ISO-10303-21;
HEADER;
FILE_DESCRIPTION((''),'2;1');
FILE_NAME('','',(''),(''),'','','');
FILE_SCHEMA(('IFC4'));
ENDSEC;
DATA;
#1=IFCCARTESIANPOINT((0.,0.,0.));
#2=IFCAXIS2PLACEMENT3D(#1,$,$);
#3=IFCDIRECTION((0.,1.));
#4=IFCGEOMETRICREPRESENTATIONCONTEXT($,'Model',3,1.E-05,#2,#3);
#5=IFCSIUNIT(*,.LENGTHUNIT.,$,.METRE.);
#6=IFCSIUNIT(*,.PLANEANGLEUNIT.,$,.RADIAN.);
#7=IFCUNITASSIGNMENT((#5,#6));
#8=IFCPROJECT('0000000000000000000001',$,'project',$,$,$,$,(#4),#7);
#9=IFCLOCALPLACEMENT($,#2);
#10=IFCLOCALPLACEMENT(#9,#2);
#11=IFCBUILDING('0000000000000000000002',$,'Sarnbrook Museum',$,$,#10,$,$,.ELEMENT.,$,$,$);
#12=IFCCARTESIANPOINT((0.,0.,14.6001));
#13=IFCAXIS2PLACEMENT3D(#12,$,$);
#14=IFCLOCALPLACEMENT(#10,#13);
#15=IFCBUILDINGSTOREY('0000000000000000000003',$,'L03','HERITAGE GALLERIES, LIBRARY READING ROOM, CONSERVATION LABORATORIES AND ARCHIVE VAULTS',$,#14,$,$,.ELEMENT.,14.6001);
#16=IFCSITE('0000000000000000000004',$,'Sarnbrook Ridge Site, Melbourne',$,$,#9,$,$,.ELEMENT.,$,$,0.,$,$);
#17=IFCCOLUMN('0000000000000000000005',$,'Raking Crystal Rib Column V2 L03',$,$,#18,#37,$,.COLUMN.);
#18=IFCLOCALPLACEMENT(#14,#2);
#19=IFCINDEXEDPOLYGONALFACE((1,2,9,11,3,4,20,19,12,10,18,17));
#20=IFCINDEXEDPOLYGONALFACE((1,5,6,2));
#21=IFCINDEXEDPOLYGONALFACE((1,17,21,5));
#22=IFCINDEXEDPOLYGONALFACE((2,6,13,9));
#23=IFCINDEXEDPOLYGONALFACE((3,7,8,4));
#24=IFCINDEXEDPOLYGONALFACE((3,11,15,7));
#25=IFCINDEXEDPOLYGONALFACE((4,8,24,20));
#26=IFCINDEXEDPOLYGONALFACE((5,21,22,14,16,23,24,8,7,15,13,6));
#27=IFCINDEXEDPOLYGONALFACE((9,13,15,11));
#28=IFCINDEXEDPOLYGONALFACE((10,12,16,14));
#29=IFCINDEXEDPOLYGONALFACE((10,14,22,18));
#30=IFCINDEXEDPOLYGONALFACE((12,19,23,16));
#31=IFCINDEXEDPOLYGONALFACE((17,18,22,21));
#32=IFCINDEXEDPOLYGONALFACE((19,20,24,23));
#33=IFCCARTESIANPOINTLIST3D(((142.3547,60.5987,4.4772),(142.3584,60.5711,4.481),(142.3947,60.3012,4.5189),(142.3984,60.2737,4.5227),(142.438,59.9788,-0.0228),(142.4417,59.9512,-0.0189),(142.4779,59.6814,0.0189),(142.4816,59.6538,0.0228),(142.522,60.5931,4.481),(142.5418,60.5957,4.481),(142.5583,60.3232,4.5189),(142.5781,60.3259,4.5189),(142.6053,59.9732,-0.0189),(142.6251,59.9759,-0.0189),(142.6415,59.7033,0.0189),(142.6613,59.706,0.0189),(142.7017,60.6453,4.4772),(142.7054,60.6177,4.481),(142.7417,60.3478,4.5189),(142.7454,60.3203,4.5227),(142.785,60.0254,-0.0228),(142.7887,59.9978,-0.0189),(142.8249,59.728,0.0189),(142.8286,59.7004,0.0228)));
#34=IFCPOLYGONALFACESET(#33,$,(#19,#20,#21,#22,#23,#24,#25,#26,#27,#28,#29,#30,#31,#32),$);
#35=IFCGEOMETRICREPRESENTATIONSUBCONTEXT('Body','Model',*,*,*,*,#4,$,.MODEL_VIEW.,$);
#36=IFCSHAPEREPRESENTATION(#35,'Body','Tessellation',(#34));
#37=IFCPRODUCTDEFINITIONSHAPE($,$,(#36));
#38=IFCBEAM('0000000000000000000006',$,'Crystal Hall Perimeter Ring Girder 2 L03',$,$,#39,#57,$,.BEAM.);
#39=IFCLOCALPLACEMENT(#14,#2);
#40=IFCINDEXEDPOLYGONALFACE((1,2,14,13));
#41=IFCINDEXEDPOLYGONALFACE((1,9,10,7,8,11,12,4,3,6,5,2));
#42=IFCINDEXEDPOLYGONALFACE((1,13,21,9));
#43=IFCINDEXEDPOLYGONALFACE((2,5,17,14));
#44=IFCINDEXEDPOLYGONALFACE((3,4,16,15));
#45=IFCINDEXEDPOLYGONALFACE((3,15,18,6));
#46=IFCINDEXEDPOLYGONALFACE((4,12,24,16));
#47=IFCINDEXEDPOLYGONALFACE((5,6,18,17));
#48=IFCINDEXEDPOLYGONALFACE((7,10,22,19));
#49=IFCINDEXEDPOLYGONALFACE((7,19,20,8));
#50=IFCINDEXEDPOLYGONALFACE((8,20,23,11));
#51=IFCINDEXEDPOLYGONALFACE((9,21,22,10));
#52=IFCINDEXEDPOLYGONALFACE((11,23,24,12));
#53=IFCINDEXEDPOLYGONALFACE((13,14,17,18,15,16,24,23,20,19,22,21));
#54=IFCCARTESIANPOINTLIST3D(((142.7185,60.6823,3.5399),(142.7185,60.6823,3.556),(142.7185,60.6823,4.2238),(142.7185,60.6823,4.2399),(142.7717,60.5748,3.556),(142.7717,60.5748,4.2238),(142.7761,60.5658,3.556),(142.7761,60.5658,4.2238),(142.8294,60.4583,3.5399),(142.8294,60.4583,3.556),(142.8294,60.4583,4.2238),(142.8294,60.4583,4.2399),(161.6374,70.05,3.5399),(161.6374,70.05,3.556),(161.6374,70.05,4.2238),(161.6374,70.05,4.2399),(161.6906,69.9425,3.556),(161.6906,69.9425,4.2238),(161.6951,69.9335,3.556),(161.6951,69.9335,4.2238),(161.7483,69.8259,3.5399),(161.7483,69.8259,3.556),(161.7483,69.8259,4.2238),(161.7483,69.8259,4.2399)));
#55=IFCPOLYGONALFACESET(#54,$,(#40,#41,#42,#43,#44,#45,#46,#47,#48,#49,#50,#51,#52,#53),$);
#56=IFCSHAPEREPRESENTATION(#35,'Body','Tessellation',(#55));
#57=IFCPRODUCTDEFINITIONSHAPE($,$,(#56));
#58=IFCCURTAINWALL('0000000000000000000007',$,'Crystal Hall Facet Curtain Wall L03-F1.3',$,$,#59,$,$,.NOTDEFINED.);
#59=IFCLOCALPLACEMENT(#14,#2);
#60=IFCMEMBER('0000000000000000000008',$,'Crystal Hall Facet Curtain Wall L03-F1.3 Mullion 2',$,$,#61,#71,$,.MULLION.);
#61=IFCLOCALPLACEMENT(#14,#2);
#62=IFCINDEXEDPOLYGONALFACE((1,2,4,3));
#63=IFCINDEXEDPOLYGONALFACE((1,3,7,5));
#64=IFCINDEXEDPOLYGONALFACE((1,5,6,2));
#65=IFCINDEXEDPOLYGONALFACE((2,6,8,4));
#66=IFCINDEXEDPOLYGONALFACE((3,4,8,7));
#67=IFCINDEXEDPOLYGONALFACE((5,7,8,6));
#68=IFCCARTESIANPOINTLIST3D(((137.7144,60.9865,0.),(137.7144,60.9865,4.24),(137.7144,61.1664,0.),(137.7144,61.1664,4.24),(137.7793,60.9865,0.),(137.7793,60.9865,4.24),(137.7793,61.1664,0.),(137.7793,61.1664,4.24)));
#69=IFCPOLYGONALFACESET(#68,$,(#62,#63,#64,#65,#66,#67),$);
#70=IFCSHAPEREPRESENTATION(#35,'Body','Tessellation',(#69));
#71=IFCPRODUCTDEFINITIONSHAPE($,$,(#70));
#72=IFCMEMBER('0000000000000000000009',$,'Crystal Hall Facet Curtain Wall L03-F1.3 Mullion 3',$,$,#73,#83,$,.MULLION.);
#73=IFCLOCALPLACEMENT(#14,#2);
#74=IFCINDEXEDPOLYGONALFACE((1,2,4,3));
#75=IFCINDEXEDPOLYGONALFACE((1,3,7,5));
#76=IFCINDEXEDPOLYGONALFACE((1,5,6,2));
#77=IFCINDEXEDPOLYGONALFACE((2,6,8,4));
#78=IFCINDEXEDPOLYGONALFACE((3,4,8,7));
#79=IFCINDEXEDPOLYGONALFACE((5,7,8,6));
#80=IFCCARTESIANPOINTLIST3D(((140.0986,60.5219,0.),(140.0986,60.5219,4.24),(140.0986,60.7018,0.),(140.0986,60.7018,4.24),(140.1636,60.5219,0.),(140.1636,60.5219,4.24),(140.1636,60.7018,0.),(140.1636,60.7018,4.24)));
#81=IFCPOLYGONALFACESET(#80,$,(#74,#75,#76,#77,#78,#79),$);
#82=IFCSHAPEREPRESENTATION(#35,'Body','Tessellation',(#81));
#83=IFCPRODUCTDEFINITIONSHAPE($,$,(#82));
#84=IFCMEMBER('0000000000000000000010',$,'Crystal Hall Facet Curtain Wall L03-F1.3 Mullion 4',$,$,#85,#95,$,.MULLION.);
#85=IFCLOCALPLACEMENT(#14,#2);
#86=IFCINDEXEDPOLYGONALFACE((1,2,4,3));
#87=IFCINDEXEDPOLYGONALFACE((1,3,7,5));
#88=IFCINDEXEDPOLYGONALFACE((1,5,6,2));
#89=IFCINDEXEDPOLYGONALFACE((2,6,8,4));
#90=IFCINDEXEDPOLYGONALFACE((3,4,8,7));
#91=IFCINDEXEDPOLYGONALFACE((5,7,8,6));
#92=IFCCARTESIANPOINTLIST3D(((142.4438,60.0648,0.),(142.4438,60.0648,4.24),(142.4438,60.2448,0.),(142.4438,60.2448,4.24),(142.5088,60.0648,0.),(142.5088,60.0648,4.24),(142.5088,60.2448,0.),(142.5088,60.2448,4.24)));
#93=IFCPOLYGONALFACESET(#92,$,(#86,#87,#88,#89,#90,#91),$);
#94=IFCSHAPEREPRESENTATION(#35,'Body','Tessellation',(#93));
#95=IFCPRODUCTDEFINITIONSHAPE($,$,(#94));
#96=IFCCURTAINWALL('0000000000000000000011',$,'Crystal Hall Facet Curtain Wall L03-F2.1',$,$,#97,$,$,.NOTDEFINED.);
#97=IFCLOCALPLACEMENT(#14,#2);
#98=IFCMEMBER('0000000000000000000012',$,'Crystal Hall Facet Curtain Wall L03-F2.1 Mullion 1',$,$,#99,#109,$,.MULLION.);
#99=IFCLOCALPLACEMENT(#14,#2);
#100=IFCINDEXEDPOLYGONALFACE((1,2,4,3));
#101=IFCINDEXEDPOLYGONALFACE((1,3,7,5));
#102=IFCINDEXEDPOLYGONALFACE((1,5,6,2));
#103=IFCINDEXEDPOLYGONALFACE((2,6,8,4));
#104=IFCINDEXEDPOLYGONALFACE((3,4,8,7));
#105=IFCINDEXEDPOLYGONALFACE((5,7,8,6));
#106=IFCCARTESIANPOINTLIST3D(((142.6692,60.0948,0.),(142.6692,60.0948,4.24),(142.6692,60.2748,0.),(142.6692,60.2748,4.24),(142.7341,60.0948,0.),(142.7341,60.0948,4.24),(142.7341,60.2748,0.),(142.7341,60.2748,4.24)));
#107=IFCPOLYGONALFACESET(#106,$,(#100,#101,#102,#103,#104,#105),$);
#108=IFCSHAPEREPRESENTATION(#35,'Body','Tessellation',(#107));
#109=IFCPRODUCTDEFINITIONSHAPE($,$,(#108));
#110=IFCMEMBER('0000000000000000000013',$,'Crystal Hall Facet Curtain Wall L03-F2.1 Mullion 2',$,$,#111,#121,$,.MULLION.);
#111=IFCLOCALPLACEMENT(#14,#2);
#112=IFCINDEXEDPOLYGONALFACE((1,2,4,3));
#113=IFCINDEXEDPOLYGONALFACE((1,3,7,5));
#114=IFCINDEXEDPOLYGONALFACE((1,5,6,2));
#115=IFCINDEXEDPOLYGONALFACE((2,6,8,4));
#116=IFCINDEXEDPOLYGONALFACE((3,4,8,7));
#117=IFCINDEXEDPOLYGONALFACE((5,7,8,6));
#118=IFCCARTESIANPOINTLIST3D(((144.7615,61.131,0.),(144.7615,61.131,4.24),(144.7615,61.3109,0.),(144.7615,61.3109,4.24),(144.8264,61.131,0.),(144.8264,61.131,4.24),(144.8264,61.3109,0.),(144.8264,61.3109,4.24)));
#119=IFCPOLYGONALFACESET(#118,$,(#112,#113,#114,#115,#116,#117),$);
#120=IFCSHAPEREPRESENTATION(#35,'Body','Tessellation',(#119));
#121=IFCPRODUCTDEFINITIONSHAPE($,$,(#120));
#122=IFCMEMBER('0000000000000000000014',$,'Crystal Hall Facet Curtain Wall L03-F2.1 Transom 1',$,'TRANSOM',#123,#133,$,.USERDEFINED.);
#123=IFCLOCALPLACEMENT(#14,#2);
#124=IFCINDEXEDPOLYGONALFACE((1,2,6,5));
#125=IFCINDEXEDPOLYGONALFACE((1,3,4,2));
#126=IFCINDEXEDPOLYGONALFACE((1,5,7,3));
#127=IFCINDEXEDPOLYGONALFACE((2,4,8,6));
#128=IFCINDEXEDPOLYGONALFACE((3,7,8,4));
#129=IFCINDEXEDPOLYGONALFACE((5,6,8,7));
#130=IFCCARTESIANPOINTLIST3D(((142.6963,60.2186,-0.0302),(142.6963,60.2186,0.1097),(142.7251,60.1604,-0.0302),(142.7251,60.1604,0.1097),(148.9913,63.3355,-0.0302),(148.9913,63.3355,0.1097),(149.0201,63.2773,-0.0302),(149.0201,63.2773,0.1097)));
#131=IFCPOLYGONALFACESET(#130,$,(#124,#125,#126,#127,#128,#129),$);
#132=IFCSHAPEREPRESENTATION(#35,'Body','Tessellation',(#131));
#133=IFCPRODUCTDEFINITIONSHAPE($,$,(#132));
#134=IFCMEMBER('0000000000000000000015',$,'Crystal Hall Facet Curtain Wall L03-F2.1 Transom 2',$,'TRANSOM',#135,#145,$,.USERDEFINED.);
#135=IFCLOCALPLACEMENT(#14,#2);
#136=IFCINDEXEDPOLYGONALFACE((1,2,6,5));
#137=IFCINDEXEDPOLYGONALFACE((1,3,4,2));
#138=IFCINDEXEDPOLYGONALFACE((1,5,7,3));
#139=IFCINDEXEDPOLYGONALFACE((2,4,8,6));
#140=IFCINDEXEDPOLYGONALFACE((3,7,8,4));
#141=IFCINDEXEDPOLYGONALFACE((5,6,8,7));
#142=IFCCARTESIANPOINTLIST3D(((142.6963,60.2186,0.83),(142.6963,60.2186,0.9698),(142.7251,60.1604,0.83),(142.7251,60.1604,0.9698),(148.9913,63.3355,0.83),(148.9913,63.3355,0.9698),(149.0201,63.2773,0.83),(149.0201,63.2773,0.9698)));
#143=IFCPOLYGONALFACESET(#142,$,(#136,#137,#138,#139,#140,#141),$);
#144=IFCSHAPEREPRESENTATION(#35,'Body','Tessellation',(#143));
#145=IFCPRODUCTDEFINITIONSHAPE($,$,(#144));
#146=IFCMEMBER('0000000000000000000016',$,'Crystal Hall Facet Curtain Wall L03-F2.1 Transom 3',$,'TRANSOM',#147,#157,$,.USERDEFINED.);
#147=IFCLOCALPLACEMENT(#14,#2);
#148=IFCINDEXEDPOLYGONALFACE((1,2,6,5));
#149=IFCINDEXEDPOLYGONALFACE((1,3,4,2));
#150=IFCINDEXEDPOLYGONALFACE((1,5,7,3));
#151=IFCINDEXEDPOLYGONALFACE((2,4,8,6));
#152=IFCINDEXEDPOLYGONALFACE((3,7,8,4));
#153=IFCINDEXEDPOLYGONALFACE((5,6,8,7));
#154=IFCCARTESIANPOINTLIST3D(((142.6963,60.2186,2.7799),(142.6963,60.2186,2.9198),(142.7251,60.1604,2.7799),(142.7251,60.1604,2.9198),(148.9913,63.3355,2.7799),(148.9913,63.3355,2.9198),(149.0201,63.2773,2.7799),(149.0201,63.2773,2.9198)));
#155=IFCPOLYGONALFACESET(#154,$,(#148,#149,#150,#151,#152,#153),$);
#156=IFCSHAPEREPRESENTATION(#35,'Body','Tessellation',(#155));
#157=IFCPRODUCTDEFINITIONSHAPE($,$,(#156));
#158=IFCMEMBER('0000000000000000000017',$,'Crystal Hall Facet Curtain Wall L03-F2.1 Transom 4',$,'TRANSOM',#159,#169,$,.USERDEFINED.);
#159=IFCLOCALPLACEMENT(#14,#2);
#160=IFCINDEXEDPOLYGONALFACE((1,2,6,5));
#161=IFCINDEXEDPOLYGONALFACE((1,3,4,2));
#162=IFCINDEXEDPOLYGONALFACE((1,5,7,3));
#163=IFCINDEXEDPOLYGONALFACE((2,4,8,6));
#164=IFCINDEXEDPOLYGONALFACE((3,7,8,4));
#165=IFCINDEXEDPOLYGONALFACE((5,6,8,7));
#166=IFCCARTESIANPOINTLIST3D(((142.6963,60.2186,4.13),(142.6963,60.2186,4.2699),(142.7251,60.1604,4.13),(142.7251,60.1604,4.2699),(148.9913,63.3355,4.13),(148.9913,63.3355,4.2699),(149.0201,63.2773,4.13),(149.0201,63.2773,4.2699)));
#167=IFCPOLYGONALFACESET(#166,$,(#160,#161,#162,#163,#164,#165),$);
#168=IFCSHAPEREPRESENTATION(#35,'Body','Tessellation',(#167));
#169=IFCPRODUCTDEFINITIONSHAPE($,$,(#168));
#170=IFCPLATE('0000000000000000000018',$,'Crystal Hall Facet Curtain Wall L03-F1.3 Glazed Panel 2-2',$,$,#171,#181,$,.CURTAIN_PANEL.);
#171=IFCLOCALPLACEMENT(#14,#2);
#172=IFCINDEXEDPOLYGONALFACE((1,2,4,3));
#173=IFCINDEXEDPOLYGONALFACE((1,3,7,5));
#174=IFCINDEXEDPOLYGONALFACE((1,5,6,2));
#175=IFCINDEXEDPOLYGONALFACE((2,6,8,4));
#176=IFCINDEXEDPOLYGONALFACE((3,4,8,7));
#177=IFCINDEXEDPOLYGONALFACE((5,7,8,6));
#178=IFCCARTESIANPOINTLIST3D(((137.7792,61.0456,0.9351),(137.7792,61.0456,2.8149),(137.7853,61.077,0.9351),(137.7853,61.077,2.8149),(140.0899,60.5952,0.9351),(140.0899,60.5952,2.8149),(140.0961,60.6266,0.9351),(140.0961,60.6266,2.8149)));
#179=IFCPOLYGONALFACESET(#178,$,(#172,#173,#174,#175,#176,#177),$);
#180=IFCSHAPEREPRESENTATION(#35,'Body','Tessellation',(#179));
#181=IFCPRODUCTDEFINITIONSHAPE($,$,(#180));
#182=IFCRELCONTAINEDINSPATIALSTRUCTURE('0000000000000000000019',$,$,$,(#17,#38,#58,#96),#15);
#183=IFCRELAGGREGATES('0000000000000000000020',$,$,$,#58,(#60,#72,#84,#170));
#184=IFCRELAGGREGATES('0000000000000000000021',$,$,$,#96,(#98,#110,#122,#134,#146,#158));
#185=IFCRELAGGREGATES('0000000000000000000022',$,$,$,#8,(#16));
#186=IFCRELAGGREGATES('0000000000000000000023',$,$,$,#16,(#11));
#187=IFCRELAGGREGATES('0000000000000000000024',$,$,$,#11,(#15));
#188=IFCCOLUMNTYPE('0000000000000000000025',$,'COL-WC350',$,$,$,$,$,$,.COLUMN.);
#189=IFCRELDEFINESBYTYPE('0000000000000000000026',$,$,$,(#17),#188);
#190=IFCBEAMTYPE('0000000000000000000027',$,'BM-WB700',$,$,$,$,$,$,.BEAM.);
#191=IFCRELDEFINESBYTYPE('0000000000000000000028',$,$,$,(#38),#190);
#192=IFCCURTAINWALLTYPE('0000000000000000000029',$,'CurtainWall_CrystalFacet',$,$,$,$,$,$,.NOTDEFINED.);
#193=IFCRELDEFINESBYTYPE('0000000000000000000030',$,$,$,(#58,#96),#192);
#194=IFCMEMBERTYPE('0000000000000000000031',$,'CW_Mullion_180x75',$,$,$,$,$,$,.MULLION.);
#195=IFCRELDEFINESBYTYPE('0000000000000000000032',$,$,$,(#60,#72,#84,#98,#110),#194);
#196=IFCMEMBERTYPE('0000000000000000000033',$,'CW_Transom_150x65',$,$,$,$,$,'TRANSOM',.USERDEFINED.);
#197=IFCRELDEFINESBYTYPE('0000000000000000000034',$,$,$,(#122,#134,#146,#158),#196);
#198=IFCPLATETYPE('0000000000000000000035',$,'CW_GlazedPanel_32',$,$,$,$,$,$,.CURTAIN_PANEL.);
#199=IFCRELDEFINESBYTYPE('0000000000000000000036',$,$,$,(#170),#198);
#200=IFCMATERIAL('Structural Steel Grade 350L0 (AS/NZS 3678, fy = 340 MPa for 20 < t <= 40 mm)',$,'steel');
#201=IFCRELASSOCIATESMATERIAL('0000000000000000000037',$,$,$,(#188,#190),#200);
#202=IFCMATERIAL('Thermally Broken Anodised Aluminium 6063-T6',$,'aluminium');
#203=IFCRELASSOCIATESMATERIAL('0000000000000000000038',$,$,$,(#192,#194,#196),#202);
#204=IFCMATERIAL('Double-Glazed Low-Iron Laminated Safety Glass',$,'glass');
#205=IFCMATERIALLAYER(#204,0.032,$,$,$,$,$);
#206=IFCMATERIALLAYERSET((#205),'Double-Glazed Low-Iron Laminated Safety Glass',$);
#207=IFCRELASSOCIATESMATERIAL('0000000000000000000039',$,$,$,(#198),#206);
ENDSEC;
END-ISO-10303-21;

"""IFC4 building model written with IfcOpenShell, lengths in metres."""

from ifc_helpers import new_model, si_unit, direction, frame, origin, origin_2d, place, context, subcontext, project, spatial, rectangle, i_section, extrude, material, layer, layer_set, material_profile, profile_set, type_object, element, aggregate, save


model = new_model("IFC4")

# Units and contexts
model_context = context("Model", 3, precision=1e-05, world=origin(), true_north=direction((0.0, 1.0)))
body_context = subcontext(model_context, "Body", "Model", "MODEL_VIEW")
ifc_project = project(units=[si_unit("LENGTHUNIT", "METRE"), si_unit("PLANEANGLEUNIT", "RADIAN")], contexts=[model_context])

# Site, building, storey
site_placement = place(None, origin())
site = spatial("IfcSite", under=ifc_project, at=site_placement, Name="Sarnbrook Ridge Site, Melbourne", CompositionType="ELEMENT", RefElevation=0.0)
building_placement = place(site_placement, origin())
building = spatial("IfcBuilding", under=site, at=building_placement, Name="Sarnbrook Museum", CompositionType="ELEMENT")
storey_placement = place(building_placement, frame((0.0, 0.0, 14.6001)))
storey = spatial("IfcBuildingStorey", under=building, at=storey_placement, Name="L03", Description="HERITAGE GALLERIES, LIBRARY READING ROOM, CONSERVATION LABORATORIES AND ARCHIVE VAULTS", CompositionType="ELEMENT", Elevation=14.6001)

# Column
ifc_material_1 = material(Name="Structural Steel Grade 350L0 (AS/NZS 3678, fy = 340 MPa for 20 < t <= 40 mm)", Category="steel")
ifc_material_profile_1 = material_profile(ifc_material_1, i_section(OverallWidth=0.3501, OverallDepth=0.3311, WebThickness=0.02, FlangeThickness=0.0281, at=origin_2d()), Name="350WC197")
ifc_profile_set_1 = profile_set([ifc_material_profile_1], Name="Structural Steel Grade 350L0 (AS/NZS 3678, fy = 340 MPa for 20 < t <= 40 mm)")
column_type = type_object("IfcColumnType", Name="COL-WC350", PredefinedType="COLUMN", material=ifc_profile_set_1)
column_placement = place(storey_placement, frame((142.6333, 59.8396, 0.0), z_axis=(-0.018324, 0.136438, 0.990479), x_axis=(-0.991101, -0.13311, 0.0)))
element("IfcColumn", 1, at=column_placement, inside=storey, type_object=column_type, Name="Raking Crystal Rib Column V2 L03", PredefinedType="COLUMN", context=body_context, shape_type="SweptSolid", body=[
    extrude(i_section(OverallWidth=0.3501, OverallDepth=0.3311, WebThickness=0.02, FlangeThickness=0.0281, at=origin_2d()), origin(), (0.0, 0.0, 1.0), 4.5432),
])

# Beam
ifc_material_profile_2 = material_profile(ifc_material_1, i_section(OverallWidth=0.25, OverallDepth=0.7, WebThickness=0.01, FlangeThickness=0.0161, at=origin_2d()), Name="700WB130")
ifc_profile_set_2 = profile_set([ifc_material_profile_2], Name="Structural Steel Grade 350L0 (AS/NZS 3678, fy = 340 MPa for 20 < t <= 40 mm)")
beam_type = type_object("IfcBeamType", Name="BM-WB700", PredefinedType="BEAM", material=ifc_profile_set_2)
beam_placement = place(storey_placement, frame((142.7739, 60.5703, 3.8899), z_axis=(0.89616, 0.443732, 0.0), x_axis=(-0.443732, 0.89616, 0.0)))
element("IfcBeam", 2, at=beam_placement, inside=storey, type_object=beam_type, Name="Crystal Hall Perimeter Ring Girder 2 L03", PredefinedType="BEAM", context=body_context, shape_type="SweptSolid", body=[
    extrude(i_section(OverallWidth=0.25, OverallDepth=0.7, WebThickness=0.01, FlangeThickness=0.0161, at=origin_2d()), origin(), (0.0, 0.0, 1.0), 21.1111),
])

# Curtain walls, members
ifc_material_2 = material(Name="Thermally Broken Anodised Aluminium 6063-T6", Category="aluminium")
curtain_wall_type = type_object("IfcCurtainWallType", Name="CurtainWall_CrystalFacet", PredefinedType="NOTDEFINED", material=ifc_material_2)
curtain_wall_1_placement = place(storey_placement, origin())
curtain_wall_1 = element("IfcCurtainWall", 3, at=curtain_wall_1_placement, inside=storey, type_object=curtain_wall_type, Name="Crystal Hall Facet Curtain Wall L03-F1.3", PredefinedType="NOTDEFINED")
ifc_material_profile_3 = material_profile(ifc_material_2, rectangle(XDim=0.0649, YDim=0.1799, at=origin_2d()), Name="ALU MULLION 65x180")
ifc_profile_set_3 = profile_set([ifc_material_profile_3], Name="Thermally Broken Anodised Aluminium 6063-T6")
member_type_1 = type_object("IfcMemberType", Name="CW_Mullion_180x75", PredefinedType="MULLION", material=ifc_profile_set_3)
member_1_placement = place(storey_placement, frame((137.7468, 61.0764, 0.0), z_axis=(0.0, 0.0, 1.0), x_axis=(1.0, 0.0, 0.0)))
member_1 = element("IfcMember", 4, at=member_1_placement, type_object=member_type_1, Name="Crystal Hall Facet Curtain Wall L03-F1.3 Mullion 2", PredefinedType="MULLION", context=body_context, shape_type="SweptSolid", body=[
    extrude(rectangle(XDim=0.0649, YDim=0.1799, at=origin_2d()), origin(), (0.0, 0.0, 1.0), 4.24),
])
member_2_placement = place(storey_placement, frame((140.1311, 60.6118, 0.0), z_axis=(0.0, 0.0, 1.0), x_axis=(1.0, 0.0, 0.0)))
member_2 = element("IfcMember", 5, at=member_2_placement, type_object=member_type_1, Name="Crystal Hall Facet Curtain Wall L03-F1.3 Mullion 3", PredefinedType="MULLION", context=body_context, shape_type="SweptSolid", body=[
    extrude(rectangle(XDim=0.0649, YDim=0.1799, at=origin_2d()), origin(), (0.0, 0.0, 1.0), 4.24),
])
member_3_placement = place(storey_placement, frame((142.4763, 60.1548, 0.0), z_axis=(0.0, 0.0, 1.0), x_axis=(1.0, 0.0, 0.0)))
member_3 = element("IfcMember", 6, at=member_3_placement, type_object=member_type_1, Name="Crystal Hall Facet Curtain Wall L03-F1.3 Mullion 4", PredefinedType="MULLION", context=body_context, shape_type="SweptSolid", body=[
    extrude(rectangle(XDim=0.0649, YDim=0.1799, at=origin_2d()), origin(), (0.0, 0.0, 1.0), 4.24),
])
curtain_wall_2_placement = place(storey_placement, origin())
curtain_wall_2 = element("IfcCurtainWall", 7, at=curtain_wall_2_placement, inside=storey, type_object=curtain_wall_type, Name="Crystal Hall Facet Curtain Wall L03-F2.1", PredefinedType="NOTDEFINED")
member_4_placement = place(storey_placement, frame((142.7017, 60.1848, 0.0), z_axis=(0.0, 0.0, 1.0), x_axis=(1.0, 0.0, 0.0)))
member_4 = element("IfcMember", 8, at=member_4_placement, type_object=member_type_1, Name="Crystal Hall Facet Curtain Wall L03-F2.1 Mullion 1", PredefinedType="MULLION", context=body_context, shape_type="SweptSolid", body=[
    extrude(rectangle(XDim=0.0649, YDim=0.1799, at=origin_2d()), origin(), (0.0, 0.0, 1.0), 4.24),
])
member_5_placement = place(storey_placement, frame((144.7939, 61.2209, 0.0), z_axis=(0.0, 0.0, 1.0), x_axis=(1.0, 0.0, 0.0)))
member_5 = element("IfcMember", 9, at=member_5_placement, type_object=member_type_1, Name="Crystal Hall Facet Curtain Wall L03-F2.1 Mullion 2", PredefinedType="MULLION", context=body_context, shape_type="SweptSolid", body=[
    extrude(rectangle(XDim=0.0649, YDim=0.1799, at=origin_2d()), origin(), (0.0, 0.0, 1.0), 4.24),
])
ifc_material_profile_4 = material_profile(ifc_material_2, rectangle(XDim=0.0649, YDim=0.1399, at=origin_2d()), Name="ALU TRANSOM 65x140")
ifc_profile_set_4 = profile_set([ifc_material_profile_4], Name="Thermally Broken Anodised Aluminium 6063-T6")
member_type_2 = type_object("IfcMemberType", Name="CW_Transom_150x65", ElementType="TRANSOM", PredefinedType="USERDEFINED", material=ifc_profile_set_4)
member_6_placement = place(storey_placement, frame((142.7107, 60.1895, 0.0398), z_axis=(0.896158, 0.443735, 0.0), x_axis=(-0.443735, 0.896158, 0.0)))
member_6 = element("IfcMember", 10, at=member_6_placement, type_object=member_type_2, Name="Crystal Hall Facet Curtain Wall L03-F2.1 Transom 1", ObjectType="TRANSOM", PredefinedType="USERDEFINED", context=body_context, shape_type="SweptSolid", body=[
    extrude(rectangle(XDim=0.0649, YDim=0.1399, at=origin_2d()), origin(), (0.0, 0.0, 1.0), 7.0244),
])
member_7_placement = place(storey_placement, frame((142.7107, 60.1895, 0.8999), z_axis=(0.896158, 0.443735, 0.0), x_axis=(-0.443735, 0.896158, 0.0)))
member_7 = element("IfcMember", 11, at=member_7_placement, type_object=member_type_2, Name="Crystal Hall Facet Curtain Wall L03-F2.1 Transom 2", ObjectType="TRANSOM", PredefinedType="USERDEFINED", context=body_context, shape_type="SweptSolid", body=[
    extrude(rectangle(XDim=0.0649, YDim=0.1399, at=origin_2d()), origin(), (0.0, 0.0, 1.0), 7.0244),
])
member_8_placement = place(storey_placement, frame((142.7107, 60.1895, 2.8499), z_axis=(0.896158, 0.443735, 0.0), x_axis=(-0.443735, 0.896158, 0.0)))
member_8 = element("IfcMember", 12, at=member_8_placement, type_object=member_type_2, Name="Crystal Hall Facet Curtain Wall L03-F2.1 Transom 3", ObjectType="TRANSOM", PredefinedType="USERDEFINED", context=body_context, shape_type="SweptSolid", body=[
    extrude(rectangle(XDim=0.0649, YDim=0.1399, at=origin_2d()), origin(), (0.0, 0.0, 1.0), 7.0244),
])
member_9_placement = place(storey_placement, frame((142.7107, 60.1895, 4.2), z_axis=(0.896158, 0.443735, 0.0), x_axis=(-0.443735, 0.896158, 0.0)))
member_9 = element("IfcMember", 13, at=member_9_placement, type_object=member_type_2, Name="Crystal Hall Facet Curtain Wall L03-F2.1 Transom 4", ObjectType="TRANSOM", PredefinedType="USERDEFINED", context=body_context, shape_type="SweptSolid", body=[
    extrude(rectangle(XDim=0.0649, YDim=0.1399, at=origin_2d()), origin(), (0.0, 0.0, 1.0), 7.0244),
])

# Plate
ifc_material_3 = material(Name="Double-Glazed Low-Iron Laminated Safety Glass", Category="glass")
ifc_layer_1 = layer(ifc_material_3, 0.032)
ifc_layer_set_1 = layer_set([ifc_layer_1], Name="Double-Glazed Low-Iron Laminated Safety Glass")
plate_type_1 = type_object("IfcPlateType", Name="CW_GlazedPanel_32", PredefinedType="CURTAIN_PANEL", material=ifc_layer_set_1)
plate_1_placement = place(storey_placement, frame((138.9407, 60.8518, 1.875), z_axis=(-0.191314, -0.981529, 0.0), x_axis=(0.981529, -0.191314, 0.0)))
plate_1 = element("IfcPlate", 14, at=plate_1_placement, type_object=plate_type_1, Name="Crystal Hall Facet Curtain Wall L03-F1.3 Glazed Panel 2-2", PredefinedType="CURTAIN_PANEL", context=body_context, shape_type="SweptSolid", body=[
    extrude(rectangle(XDim=2.3542, YDim=1.8799, at=origin_2d()), origin(), (0.0, 0.0, 1.0), 0.032),
])
aggregate(curtain_wall_1, [member_1, member_2, member_3, plate_1])
aggregate(curtain_wall_2, [member_4, member_5, member_6, member_7, member_8, member_9])

save(model, "model.ifc")
